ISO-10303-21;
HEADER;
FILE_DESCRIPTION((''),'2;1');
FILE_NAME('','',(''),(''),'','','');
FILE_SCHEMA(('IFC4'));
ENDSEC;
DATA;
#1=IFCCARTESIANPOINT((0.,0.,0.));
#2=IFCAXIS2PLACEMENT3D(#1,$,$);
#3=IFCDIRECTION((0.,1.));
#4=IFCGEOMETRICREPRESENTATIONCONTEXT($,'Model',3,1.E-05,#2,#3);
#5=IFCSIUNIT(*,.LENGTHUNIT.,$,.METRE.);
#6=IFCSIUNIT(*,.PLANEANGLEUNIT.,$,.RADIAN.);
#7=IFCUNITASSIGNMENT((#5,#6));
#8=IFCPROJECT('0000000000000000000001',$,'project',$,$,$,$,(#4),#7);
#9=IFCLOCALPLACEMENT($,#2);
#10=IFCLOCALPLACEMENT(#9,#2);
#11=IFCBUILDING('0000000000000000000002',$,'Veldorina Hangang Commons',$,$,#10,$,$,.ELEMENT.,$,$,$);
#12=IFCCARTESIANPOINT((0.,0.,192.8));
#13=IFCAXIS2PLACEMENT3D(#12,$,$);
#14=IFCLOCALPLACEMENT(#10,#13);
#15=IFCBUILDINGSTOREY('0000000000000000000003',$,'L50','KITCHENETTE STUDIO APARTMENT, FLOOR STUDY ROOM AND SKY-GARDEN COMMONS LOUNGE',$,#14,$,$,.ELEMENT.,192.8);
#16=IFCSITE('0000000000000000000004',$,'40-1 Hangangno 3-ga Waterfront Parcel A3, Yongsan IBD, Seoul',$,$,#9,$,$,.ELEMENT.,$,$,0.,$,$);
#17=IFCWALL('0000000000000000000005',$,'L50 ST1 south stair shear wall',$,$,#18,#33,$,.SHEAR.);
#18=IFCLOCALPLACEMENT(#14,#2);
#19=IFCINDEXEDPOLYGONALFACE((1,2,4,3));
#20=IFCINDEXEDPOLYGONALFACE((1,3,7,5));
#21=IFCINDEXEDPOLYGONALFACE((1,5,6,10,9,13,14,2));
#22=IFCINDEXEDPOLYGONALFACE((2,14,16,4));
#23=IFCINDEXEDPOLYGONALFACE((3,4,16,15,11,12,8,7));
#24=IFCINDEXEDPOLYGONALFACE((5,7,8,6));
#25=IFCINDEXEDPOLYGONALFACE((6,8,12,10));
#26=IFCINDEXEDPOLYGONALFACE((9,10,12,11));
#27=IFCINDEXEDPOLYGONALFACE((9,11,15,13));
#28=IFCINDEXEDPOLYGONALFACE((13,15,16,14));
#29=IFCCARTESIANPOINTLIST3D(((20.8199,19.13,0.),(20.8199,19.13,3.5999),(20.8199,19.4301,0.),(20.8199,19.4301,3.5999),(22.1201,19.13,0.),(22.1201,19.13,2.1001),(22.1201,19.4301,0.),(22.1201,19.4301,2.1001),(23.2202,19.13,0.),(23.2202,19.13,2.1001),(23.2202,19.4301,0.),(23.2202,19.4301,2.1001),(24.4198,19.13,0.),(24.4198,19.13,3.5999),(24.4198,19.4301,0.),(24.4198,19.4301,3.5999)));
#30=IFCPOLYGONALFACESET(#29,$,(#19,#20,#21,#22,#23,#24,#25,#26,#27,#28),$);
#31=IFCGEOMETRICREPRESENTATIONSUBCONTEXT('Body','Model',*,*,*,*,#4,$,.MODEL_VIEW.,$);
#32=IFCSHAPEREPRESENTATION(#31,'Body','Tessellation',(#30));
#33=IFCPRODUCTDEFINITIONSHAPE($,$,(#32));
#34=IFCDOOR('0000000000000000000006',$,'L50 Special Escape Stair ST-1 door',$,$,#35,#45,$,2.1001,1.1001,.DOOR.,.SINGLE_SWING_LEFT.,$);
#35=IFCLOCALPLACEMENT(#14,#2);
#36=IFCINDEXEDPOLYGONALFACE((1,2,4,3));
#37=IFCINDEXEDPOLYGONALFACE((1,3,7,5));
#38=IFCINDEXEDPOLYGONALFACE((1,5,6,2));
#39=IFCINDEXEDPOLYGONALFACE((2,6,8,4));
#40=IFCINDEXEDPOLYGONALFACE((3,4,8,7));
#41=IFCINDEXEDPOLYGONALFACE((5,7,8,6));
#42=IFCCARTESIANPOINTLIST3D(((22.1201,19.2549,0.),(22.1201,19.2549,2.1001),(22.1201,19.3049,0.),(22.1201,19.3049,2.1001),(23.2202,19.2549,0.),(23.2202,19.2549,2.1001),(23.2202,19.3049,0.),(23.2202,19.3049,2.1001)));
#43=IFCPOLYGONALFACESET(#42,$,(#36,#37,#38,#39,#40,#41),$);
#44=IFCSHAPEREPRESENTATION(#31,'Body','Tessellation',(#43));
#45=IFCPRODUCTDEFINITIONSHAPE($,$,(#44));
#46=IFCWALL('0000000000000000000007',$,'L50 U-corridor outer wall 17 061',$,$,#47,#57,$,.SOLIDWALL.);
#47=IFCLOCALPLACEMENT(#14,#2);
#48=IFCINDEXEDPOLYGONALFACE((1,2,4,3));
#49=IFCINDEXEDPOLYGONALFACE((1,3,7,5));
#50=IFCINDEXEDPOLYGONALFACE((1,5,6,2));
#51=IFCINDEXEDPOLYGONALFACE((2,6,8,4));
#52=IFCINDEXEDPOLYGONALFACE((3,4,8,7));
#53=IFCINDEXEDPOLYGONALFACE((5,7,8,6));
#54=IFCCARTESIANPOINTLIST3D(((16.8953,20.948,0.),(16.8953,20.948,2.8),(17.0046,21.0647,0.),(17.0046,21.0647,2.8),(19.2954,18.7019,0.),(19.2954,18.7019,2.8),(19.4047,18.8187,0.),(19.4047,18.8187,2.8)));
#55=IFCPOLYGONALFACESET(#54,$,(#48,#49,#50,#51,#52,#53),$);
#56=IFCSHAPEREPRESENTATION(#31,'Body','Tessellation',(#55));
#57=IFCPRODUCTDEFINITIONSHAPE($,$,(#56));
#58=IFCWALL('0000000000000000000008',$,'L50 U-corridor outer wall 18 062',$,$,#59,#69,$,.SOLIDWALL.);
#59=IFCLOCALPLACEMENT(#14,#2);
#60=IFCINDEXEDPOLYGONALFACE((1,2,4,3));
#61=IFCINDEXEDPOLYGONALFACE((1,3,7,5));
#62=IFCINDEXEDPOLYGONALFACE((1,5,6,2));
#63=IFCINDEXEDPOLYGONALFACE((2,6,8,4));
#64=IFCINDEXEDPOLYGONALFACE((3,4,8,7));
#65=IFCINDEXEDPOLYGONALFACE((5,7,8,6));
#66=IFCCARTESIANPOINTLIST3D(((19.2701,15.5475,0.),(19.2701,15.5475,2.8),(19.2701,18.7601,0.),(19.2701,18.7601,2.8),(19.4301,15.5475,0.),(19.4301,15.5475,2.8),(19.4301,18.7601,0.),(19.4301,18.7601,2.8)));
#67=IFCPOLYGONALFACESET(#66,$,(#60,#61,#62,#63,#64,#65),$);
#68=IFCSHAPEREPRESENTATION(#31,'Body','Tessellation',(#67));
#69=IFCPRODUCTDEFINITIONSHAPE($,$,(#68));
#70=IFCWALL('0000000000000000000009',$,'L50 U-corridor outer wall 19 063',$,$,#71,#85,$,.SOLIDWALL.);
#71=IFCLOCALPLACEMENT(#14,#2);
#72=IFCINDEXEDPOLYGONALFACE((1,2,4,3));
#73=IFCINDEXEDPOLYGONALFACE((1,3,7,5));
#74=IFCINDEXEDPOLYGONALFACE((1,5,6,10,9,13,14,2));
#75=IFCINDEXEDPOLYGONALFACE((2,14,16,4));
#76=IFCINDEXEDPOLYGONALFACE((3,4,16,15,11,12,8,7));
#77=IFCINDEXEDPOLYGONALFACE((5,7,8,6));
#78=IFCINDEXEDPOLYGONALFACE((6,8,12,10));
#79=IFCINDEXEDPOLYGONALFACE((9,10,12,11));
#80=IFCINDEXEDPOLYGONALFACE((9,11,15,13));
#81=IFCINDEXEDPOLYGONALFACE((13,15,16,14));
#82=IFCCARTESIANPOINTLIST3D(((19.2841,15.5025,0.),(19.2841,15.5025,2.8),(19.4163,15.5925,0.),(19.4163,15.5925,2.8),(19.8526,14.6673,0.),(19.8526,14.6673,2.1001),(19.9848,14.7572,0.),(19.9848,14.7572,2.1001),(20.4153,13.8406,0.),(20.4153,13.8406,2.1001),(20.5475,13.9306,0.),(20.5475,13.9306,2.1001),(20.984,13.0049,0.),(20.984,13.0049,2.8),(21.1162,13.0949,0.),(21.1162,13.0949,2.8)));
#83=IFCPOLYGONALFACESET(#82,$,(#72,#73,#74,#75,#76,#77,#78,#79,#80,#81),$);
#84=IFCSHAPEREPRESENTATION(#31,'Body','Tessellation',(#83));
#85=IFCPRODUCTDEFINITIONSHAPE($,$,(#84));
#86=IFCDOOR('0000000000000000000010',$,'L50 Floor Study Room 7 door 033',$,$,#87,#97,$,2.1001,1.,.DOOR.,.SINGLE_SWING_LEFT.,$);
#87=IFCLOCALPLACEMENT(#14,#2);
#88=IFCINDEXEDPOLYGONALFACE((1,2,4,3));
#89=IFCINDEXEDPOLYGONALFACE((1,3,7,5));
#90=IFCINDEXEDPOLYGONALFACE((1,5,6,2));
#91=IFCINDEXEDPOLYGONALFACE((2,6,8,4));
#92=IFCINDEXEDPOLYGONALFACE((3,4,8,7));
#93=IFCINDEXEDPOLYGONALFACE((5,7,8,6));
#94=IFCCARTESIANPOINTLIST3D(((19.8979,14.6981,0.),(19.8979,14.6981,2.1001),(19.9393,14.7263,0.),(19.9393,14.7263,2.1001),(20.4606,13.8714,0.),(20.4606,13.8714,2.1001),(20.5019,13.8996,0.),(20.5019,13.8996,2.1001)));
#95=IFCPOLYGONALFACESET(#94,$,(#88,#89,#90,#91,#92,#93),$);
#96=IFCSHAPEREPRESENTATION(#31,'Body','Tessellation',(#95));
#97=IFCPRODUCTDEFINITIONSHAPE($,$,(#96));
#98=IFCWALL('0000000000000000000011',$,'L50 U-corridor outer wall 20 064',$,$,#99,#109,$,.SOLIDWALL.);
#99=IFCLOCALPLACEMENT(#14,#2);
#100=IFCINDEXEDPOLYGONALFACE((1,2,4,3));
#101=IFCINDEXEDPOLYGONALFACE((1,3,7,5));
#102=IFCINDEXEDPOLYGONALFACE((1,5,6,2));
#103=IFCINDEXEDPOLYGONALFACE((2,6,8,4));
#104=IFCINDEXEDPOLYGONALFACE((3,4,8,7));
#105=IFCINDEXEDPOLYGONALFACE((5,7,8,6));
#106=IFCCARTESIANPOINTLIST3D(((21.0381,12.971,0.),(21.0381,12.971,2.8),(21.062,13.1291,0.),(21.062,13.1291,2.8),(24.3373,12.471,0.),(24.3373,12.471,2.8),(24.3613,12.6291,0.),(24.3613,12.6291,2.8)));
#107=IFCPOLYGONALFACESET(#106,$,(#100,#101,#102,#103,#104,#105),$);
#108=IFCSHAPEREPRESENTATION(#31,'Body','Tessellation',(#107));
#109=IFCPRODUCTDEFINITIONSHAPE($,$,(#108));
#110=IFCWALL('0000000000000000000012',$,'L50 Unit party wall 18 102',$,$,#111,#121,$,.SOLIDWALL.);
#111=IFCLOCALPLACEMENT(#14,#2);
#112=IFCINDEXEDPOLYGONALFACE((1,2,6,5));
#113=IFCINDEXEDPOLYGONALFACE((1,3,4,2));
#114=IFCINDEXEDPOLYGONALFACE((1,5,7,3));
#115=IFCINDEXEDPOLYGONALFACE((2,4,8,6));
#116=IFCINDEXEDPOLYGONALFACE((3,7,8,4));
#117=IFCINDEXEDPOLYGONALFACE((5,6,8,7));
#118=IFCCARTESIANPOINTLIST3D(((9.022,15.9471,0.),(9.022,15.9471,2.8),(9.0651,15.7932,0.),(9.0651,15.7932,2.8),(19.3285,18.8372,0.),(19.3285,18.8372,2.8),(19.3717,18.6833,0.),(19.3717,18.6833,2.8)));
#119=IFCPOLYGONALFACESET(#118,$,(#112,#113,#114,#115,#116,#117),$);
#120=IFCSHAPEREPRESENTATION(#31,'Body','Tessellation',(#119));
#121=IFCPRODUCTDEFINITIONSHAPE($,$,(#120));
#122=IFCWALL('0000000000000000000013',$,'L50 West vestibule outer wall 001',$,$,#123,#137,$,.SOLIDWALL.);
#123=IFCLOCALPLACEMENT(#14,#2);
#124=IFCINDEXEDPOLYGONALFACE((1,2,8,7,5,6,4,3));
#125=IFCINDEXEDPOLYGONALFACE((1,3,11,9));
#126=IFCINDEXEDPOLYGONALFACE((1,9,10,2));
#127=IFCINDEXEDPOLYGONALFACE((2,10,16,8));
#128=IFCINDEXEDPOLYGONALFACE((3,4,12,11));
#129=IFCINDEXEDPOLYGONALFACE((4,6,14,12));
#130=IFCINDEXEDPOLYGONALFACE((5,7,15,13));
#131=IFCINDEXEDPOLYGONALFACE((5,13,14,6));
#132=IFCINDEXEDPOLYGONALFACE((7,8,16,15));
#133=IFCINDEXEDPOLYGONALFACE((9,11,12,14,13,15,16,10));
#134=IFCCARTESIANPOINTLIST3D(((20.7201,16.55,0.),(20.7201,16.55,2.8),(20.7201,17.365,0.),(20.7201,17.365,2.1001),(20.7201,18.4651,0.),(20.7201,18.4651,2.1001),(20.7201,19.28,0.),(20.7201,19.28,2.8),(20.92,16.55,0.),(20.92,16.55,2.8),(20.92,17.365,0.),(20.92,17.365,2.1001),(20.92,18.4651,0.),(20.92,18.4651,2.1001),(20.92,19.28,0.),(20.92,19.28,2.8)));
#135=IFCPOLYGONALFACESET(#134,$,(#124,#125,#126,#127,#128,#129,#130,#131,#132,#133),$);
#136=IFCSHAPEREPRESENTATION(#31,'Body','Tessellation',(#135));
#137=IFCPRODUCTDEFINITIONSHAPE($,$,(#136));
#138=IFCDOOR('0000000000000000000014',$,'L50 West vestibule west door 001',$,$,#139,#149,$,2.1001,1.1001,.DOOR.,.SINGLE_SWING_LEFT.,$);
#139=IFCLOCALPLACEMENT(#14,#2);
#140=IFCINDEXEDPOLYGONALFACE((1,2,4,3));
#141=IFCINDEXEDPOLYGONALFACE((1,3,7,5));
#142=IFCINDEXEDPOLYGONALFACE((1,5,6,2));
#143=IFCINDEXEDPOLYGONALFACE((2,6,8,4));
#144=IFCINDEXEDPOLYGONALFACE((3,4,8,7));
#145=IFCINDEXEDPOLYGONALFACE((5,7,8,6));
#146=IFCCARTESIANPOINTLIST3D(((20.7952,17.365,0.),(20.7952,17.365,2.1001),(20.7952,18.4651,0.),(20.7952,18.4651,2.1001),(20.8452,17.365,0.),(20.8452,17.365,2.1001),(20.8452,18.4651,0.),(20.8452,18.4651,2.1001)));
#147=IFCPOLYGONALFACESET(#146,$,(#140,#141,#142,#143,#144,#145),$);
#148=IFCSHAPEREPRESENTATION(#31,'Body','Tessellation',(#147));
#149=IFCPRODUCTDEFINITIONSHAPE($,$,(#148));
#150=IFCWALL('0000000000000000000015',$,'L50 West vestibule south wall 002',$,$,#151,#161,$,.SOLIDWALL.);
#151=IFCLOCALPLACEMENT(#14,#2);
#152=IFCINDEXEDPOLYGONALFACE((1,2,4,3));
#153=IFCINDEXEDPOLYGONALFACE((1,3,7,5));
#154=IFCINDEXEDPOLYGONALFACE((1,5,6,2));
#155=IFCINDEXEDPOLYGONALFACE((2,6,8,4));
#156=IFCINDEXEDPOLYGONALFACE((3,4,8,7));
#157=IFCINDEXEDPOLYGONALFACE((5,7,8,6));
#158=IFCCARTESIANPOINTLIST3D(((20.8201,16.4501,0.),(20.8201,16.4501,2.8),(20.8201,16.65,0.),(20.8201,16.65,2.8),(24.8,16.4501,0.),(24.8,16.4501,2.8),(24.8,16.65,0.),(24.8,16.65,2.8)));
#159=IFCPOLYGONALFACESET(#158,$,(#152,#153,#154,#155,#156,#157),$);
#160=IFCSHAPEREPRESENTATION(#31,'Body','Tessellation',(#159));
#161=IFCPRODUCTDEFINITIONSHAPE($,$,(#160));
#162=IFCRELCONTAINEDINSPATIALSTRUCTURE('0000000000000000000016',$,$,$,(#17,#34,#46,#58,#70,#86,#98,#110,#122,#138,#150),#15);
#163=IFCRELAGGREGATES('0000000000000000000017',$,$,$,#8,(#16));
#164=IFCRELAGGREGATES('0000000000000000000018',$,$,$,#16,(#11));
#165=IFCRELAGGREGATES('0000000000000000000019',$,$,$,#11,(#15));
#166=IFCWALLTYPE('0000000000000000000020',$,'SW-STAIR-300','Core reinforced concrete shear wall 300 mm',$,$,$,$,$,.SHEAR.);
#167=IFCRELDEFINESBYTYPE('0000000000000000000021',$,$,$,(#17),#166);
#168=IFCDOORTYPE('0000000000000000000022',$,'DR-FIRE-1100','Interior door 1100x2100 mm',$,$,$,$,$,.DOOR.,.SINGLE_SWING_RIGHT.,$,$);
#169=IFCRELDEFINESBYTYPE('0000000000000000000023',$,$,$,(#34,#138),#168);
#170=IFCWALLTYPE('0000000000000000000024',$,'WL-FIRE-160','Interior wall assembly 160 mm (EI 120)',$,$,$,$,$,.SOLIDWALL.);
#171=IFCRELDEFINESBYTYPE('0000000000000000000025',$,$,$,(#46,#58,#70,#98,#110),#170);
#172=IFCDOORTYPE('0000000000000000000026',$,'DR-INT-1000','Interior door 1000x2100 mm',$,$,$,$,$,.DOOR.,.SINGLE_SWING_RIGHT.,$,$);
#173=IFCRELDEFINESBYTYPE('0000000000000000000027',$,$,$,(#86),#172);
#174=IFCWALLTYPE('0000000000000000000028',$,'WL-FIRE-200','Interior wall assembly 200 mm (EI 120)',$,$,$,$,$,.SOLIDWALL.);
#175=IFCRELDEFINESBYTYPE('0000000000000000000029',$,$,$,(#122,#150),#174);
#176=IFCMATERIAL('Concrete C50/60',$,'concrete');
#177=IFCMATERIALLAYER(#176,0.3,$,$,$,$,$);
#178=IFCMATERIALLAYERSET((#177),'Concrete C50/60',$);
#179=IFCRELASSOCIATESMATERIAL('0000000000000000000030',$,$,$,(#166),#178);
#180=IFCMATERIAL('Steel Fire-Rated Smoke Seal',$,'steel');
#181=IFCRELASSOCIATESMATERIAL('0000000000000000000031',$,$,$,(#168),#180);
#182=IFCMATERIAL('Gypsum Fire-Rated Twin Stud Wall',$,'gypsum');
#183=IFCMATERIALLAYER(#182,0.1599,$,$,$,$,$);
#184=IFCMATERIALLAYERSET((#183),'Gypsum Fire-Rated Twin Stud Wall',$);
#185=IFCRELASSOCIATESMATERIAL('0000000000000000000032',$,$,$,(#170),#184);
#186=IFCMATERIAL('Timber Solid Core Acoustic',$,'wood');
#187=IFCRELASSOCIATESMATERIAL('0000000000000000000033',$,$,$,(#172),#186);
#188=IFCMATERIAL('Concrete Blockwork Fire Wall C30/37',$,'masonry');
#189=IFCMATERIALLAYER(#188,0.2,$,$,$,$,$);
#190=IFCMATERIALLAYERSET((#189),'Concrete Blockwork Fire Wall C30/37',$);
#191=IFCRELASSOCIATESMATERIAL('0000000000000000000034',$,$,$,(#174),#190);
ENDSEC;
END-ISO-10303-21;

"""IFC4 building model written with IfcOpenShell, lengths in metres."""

from ifc_helpers import new_model, si_unit, direction, frame, frame_2d, origin, place, context, subcontext, project, spatial, rectangle, extrude, material, layer, layer_set, type_object, element, fill, save


model = new_model("IFC4")

# Units and contexts
model_context = context("Model", 3, precision=1e-05, world=origin(), true_north=direction((0.0, 1.0)))
body_context = subcontext(model_context, "Body", "Model", "MODEL_VIEW")
ifc_project = project(units=[si_unit("LENGTHUNIT", "METRE"), si_unit("PLANEANGLEUNIT", "RADIAN")], contexts=[model_context])

# Site, building, storey
site_placement = place(None, origin())
site = spatial("IfcSite", under=ifc_project, at=site_placement, Name="40-1 Hangangno 3-ga Waterfront Parcel A3, Yongsan IBD, Seoul", CompositionType="ELEMENT", RefElevation=0.0)
building_placement = place(site_placement, origin())
building = spatial("IfcBuilding", under=site, at=building_placement, Name="Veldorina Hangang Commons", CompositionType="ELEMENT")
storey_placement = place(building_placement, frame((0.0, 0.0, 192.8)))
storey = spatial("IfcBuildingStorey", under=building, at=storey_placement, Name="L50", Description="KITCHENETTE STUDIO APARTMENT, FLOOR STUDY ROOM AND SKY-GARDEN COMMONS LOUNGE", CompositionType="ELEMENT", Elevation=192.8)

# Shared definitions
ifc_material_1 = material(Name="Concrete C50/60", Category="concrete")
ifc_layer_1 = layer(ifc_material_1, 0.3)
ifc_layer_set_1 = layer_set([ifc_layer_1], Name="Concrete C50/60")
wall_type_1 = type_object("IfcWallType", Name="SW-STAIR-300", Description="Core reinforced concrete shear wall 300 mm", PredefinedType="SHEAR", material=ifc_layer_set_1)

# Wall, opening, door
wall_1_placement = place(storey_placement, frame((20.8201, 19.28, 0.0), z_axis=(0.0, 0.0, 1.0), x_axis=(1.0, 0.0, 0.0)))
wall_1 = element("IfcWall", 1, at=wall_1_placement, inside=storey, type_object=wall_type_1, Name="L50 ST1 south stair shear wall", PredefinedType="SHEAR", context=body_context, shape_type="SweptSolid", body=[
    extrude(rectangle(XDim=3.5999, YDim=0.3, at=frame_2d((1.7998, 0.0))), origin(), (0.0, 0.0, 1.0), 3.5999),
])
opening_1_placement = place(wall_1_placement, frame((1.3, 0.0, 0.0)))
opening_1 = element("IfcOpeningElement", 2, at=opening_1_placement, cuts=wall_1, PredefinedType="OPENING", context=body_context, shape_type="SweptSolid", body=[
    extrude(rectangle(XDim=1.1001, YDim=2.1001, at=frame_2d((0.55, 1.05))), frame((0.0, 0.1602, 0.0), z_axis=(0.0, -1.0, 0.0), x_axis=(1.0, 0.0, 0.0)), (0.0, 0.0, 1.0), 0.3201),
])
ifc_material_2 = material(Name="Steel Fire-Rated Smoke Seal", Category="steel")
door_type_1 = type_object("IfcDoorType", Name="DR-FIRE-1100", Description="Interior door 1100x2100 mm", OperationType="SINGLE_SWING_RIGHT", PredefinedType="DOOR", material=ifc_material_2)
door_1_placement = place(opening_1_placement, origin())
door_1 = element("IfcDoor", 3, at=door_1_placement, inside=storey, type_object=door_type_1, Name="L50 Special Escape Stair ST-1 door", OperationType="SINGLE_SWING_LEFT", OverallHeight=2.1001, OverallWidth=1.1001, PredefinedType="DOOR", context=body_context, shape_type="SweptSolid", body=[
    extrude(rectangle(XDim=1.1001, YDim=2.1001, at=frame_2d((0.55, 1.05))), frame((0.0, 0.0249, 0.0), z_axis=(0.0, -1.0, 0.0), x_axis=(1.0, 0.0, 0.0)), (0.0, 0.0, 1.0), 0.05),
])
fill(opening_1, door_1)

# Walls
ifc_material_3 = material(Name="Gypsum Fire-Rated Twin Stud Wall", Category="gypsum")
ifc_layer_2 = layer(ifc_material_3, 0.1599)
ifc_layer_set_2 = layer_set([ifc_layer_2], Name="Gypsum Fire-Rated Twin Stud Wall")
wall_type_2 = type_object("IfcWallType", Name="WL-FIRE-160", Description="Interior wall assembly 160 mm (EI 120)", PredefinedType="SOLIDWALL", material=ifc_layer_set_2)
wall_2_placement = place(storey_placement, frame((16.95, 21.0063, 0.0), z_axis=(0.0, 0.0, 1.0), x_axis=(0.730151, -0.683286, 0.0)))
element("IfcWall", 4, at=wall_2_placement, inside=storey, type_object=wall_type_2, Name="L50 U-corridor outer wall 17 061", PredefinedType="SOLIDWALL", context=body_context, shape_type="SweptSolid", body=[
    extrude(rectangle(XDim=3.2871, YDim=0.1599, at=frame_2d((1.6436, 0.0))), origin(), (0.0, 0.0, 1.0), 2.8),
])
wall_3_placement = place(storey_placement, frame((19.3501, 18.7603, 0.0), z_axis=(0.0, 0.0, 1.0), x_axis=(0.0, -1.0, 0.0)))
element("IfcWall", 5, at=wall_3_placement, inside=storey, type_object=wall_type_2, Name="L50 U-corridor outer wall 18 062", PredefinedType="SOLIDWALL", context=body_context, shape_type="SweptSolid", body=[
    extrude(rectangle(XDim=3.2126, YDim=0.1599, at=frame_2d((1.6064, 0.0))), origin(), (0.0, 0.0, 1.0), 2.8),
])

# Wall, opening, door
wall_4_placement = place(storey_placement, frame((19.3501, 15.5476, 0.0), z_axis=(0.0, 0.0, 1.0), x_axis=(0.562675, -0.826678, 0.0)))
wall_4 = element("IfcWall", 6, at=wall_4_placement, inside=storey, type_object=wall_type_2, Name="L50 U-corridor outer wall 19 063", PredefinedType="SOLIDWALL", context=body_context, shape_type="SweptSolid", body=[
    extrude(rectangle(XDim=3.0212, YDim=0.1599, at=frame_2d((1.5107, 0.0))), origin(), (0.0, 0.0, 1.0), 2.8),
])
opening_2_placement = place(wall_4_placement, frame((1.0105, 0.0, 0.0)))
opening_2 = element("IfcOpeningElement", 7, at=opening_2_placement, cuts=wall_4, PredefinedType="OPENING", context=body_context, shape_type="SweptSolid", body=[
    extrude(rectangle(XDim=1.0, YDim=2.1001, at=frame_2d((0.5, 1.05))), frame((0.0, 0.0898, 0.0), z_axis=(0.0, -1.0, 0.0), x_axis=(1.0, 0.0, 0.0)), (0.0, 0.0, 1.0), 0.1799),
])
ifc_material_4 = material(Name="Timber Solid Core Acoustic", Category="wood")
door_type_2 = type_object("IfcDoorType", Name="DR-INT-1000", Description="Interior door 1000x2100 mm", OperationType="SINGLE_SWING_RIGHT", PredefinedType="DOOR", material=ifc_material_4)
door_2_placement = place(opening_2_placement, origin())
door_2 = element("IfcDoor", 8, at=door_2_placement, inside=storey, type_object=door_type_2, Name="L50 Floor Study Room 7 door 033", OperationType="SINGLE_SWING_LEFT", OverallHeight=2.1001, OverallWidth=1.0, PredefinedType="DOOR", context=body_context, shape_type="SweptSolid", body=[
    extrude(rectangle(XDim=1.0, YDim=2.1001, at=frame_2d((0.5, 1.05))), frame((0.0, 0.0249, 0.0), z_axis=(0.0, -1.0, 0.0), x_axis=(1.0, 0.0, 0.0)), (0.0, 0.0, 1.0), 0.05),
])
fill(opening_2, door_2)

# Walls
wall_5_placement = place(storey_placement, frame((21.05, 13.05, 0.0), z_axis=(0.0, 0.0, 1.0), x_axis=(0.988711, -0.149836, 0.0)))
element("IfcWall", 9, at=wall_5_placement, inside=storey, type_object=wall_type_2, Name="L50 U-corridor outer wall 20 064", PredefinedType="SOLIDWALL", context=body_context, shape_type="SweptSolid", body=[
    extrude(rectangle(XDim=3.3369, YDim=0.1599, at=frame_2d((1.6685, 0.0))), origin(), (0.0, 0.0, 1.0), 2.8),
])
wall_6_placement = place(storey_placement, frame((19.3501, 18.7603, 0.0), z_axis=(0.0, 0.0, 1.0), x_axis=(-0.96286, -0.27, 0.0)))
element("IfcWall", 10, at=wall_6_placement, inside=storey, type_object=wall_type_2, Name="L50 Unit party wall 18 102", PredefinedType="SOLIDWALL", context=body_context, shape_type="SweptSolid", body=[
    extrude(rectangle(XDim=10.7041, YDim=0.1599, at=frame_2d((5.3521, 0.0))), origin(), (0.0, 0.0, 1.0), 2.8),
])

# Wall, opening, door
ifc_material_5 = material(Name="Concrete Blockwork Fire Wall C30/37", Category="masonry")
ifc_layer_3 = layer(ifc_material_5, 0.2)
ifc_layer_set_3 = layer_set([ifc_layer_3], Name="Concrete Blockwork Fire Wall C30/37")
wall_type_3 = type_object("IfcWallType", Name="WL-FIRE-200", Description="Interior wall assembly 200 mm (EI 120)", PredefinedType="SOLIDWALL", material=ifc_layer_set_3)
wall_7_placement = place(storey_placement, frame((20.8201, 16.55, 0.0), z_axis=(0.0, 0.0, 1.0), x_axis=(0.0, 1.0, 0.0)))
wall_7 = element("IfcWall", 11, at=wall_7_placement, inside=storey, type_object=wall_type_3, Name="L50 West vestibule outer wall 001", PredefinedType="SOLIDWALL", context=body_context, shape_type="SweptSolid", body=[
    extrude(rectangle(XDim=2.73, YDim=0.2, at=frame_2d((1.365, 0.0))), origin(), (0.0, 0.0, 1.0), 2.8),
])
opening_3_placement = place(wall_7_placement, frame((0.8149, 0.0, 0.0)))
opening_3 = element("IfcOpeningElement", 12, at=opening_3_placement, cuts=wall_7, PredefinedType="OPENING", context=body_context, shape_type="SweptSolid", body=[
    extrude(rectangle(XDim=1.1001, YDim=2.1001, at=frame_2d((0.55, 1.05))), frame((0.0, 0.1099, 0.0), z_axis=(0.0, -1.0, 0.0), x_axis=(1.0, 0.0, 0.0)), (0.0, 0.0, 1.0), 0.22),
])
door_3_placement = place(opening_3_placement, origin())
door_3 = element("IfcDoor", 13, at=door_3_placement, inside=storey, type_object=door_type_1, Name="L50 West vestibule west door 001", OperationType="SINGLE_SWING_LEFT", OverallHeight=2.1001, OverallWidth=1.1001, PredefinedType="DOOR", context=body_context, shape_type="SweptSolid", body=[
    extrude(rectangle(XDim=1.1001, YDim=2.1001, at=frame_2d((0.55, 1.05))), frame((0.0, 0.0249, 0.0), z_axis=(0.0, -1.0, 0.0), x_axis=(1.0, 0.0, 0.0)), (0.0, 0.0, 1.0), 0.05),
])
fill(opening_3, door_3)

# Wall
wall_8_placement = place(storey_placement, frame((20.8201, 16.55, 0.0), z_axis=(0.0, 0.0, 1.0), x_axis=(1.0, 0.0, 0.0)))
element("IfcWall", 14, at=wall_8_placement, inside=storey, type_object=wall_type_3, Name="L50 West vestibule south wall 002", PredefinedType="SOLIDWALL", context=body_context, shape_type="SweptSolid", body=[
    extrude(rectangle(XDim=3.98, YDim=0.2, at=frame_2d((1.99, 0.0))), origin(), (0.0, 0.0, 1.0), 2.8),
])

save(model, "model.ifc")
